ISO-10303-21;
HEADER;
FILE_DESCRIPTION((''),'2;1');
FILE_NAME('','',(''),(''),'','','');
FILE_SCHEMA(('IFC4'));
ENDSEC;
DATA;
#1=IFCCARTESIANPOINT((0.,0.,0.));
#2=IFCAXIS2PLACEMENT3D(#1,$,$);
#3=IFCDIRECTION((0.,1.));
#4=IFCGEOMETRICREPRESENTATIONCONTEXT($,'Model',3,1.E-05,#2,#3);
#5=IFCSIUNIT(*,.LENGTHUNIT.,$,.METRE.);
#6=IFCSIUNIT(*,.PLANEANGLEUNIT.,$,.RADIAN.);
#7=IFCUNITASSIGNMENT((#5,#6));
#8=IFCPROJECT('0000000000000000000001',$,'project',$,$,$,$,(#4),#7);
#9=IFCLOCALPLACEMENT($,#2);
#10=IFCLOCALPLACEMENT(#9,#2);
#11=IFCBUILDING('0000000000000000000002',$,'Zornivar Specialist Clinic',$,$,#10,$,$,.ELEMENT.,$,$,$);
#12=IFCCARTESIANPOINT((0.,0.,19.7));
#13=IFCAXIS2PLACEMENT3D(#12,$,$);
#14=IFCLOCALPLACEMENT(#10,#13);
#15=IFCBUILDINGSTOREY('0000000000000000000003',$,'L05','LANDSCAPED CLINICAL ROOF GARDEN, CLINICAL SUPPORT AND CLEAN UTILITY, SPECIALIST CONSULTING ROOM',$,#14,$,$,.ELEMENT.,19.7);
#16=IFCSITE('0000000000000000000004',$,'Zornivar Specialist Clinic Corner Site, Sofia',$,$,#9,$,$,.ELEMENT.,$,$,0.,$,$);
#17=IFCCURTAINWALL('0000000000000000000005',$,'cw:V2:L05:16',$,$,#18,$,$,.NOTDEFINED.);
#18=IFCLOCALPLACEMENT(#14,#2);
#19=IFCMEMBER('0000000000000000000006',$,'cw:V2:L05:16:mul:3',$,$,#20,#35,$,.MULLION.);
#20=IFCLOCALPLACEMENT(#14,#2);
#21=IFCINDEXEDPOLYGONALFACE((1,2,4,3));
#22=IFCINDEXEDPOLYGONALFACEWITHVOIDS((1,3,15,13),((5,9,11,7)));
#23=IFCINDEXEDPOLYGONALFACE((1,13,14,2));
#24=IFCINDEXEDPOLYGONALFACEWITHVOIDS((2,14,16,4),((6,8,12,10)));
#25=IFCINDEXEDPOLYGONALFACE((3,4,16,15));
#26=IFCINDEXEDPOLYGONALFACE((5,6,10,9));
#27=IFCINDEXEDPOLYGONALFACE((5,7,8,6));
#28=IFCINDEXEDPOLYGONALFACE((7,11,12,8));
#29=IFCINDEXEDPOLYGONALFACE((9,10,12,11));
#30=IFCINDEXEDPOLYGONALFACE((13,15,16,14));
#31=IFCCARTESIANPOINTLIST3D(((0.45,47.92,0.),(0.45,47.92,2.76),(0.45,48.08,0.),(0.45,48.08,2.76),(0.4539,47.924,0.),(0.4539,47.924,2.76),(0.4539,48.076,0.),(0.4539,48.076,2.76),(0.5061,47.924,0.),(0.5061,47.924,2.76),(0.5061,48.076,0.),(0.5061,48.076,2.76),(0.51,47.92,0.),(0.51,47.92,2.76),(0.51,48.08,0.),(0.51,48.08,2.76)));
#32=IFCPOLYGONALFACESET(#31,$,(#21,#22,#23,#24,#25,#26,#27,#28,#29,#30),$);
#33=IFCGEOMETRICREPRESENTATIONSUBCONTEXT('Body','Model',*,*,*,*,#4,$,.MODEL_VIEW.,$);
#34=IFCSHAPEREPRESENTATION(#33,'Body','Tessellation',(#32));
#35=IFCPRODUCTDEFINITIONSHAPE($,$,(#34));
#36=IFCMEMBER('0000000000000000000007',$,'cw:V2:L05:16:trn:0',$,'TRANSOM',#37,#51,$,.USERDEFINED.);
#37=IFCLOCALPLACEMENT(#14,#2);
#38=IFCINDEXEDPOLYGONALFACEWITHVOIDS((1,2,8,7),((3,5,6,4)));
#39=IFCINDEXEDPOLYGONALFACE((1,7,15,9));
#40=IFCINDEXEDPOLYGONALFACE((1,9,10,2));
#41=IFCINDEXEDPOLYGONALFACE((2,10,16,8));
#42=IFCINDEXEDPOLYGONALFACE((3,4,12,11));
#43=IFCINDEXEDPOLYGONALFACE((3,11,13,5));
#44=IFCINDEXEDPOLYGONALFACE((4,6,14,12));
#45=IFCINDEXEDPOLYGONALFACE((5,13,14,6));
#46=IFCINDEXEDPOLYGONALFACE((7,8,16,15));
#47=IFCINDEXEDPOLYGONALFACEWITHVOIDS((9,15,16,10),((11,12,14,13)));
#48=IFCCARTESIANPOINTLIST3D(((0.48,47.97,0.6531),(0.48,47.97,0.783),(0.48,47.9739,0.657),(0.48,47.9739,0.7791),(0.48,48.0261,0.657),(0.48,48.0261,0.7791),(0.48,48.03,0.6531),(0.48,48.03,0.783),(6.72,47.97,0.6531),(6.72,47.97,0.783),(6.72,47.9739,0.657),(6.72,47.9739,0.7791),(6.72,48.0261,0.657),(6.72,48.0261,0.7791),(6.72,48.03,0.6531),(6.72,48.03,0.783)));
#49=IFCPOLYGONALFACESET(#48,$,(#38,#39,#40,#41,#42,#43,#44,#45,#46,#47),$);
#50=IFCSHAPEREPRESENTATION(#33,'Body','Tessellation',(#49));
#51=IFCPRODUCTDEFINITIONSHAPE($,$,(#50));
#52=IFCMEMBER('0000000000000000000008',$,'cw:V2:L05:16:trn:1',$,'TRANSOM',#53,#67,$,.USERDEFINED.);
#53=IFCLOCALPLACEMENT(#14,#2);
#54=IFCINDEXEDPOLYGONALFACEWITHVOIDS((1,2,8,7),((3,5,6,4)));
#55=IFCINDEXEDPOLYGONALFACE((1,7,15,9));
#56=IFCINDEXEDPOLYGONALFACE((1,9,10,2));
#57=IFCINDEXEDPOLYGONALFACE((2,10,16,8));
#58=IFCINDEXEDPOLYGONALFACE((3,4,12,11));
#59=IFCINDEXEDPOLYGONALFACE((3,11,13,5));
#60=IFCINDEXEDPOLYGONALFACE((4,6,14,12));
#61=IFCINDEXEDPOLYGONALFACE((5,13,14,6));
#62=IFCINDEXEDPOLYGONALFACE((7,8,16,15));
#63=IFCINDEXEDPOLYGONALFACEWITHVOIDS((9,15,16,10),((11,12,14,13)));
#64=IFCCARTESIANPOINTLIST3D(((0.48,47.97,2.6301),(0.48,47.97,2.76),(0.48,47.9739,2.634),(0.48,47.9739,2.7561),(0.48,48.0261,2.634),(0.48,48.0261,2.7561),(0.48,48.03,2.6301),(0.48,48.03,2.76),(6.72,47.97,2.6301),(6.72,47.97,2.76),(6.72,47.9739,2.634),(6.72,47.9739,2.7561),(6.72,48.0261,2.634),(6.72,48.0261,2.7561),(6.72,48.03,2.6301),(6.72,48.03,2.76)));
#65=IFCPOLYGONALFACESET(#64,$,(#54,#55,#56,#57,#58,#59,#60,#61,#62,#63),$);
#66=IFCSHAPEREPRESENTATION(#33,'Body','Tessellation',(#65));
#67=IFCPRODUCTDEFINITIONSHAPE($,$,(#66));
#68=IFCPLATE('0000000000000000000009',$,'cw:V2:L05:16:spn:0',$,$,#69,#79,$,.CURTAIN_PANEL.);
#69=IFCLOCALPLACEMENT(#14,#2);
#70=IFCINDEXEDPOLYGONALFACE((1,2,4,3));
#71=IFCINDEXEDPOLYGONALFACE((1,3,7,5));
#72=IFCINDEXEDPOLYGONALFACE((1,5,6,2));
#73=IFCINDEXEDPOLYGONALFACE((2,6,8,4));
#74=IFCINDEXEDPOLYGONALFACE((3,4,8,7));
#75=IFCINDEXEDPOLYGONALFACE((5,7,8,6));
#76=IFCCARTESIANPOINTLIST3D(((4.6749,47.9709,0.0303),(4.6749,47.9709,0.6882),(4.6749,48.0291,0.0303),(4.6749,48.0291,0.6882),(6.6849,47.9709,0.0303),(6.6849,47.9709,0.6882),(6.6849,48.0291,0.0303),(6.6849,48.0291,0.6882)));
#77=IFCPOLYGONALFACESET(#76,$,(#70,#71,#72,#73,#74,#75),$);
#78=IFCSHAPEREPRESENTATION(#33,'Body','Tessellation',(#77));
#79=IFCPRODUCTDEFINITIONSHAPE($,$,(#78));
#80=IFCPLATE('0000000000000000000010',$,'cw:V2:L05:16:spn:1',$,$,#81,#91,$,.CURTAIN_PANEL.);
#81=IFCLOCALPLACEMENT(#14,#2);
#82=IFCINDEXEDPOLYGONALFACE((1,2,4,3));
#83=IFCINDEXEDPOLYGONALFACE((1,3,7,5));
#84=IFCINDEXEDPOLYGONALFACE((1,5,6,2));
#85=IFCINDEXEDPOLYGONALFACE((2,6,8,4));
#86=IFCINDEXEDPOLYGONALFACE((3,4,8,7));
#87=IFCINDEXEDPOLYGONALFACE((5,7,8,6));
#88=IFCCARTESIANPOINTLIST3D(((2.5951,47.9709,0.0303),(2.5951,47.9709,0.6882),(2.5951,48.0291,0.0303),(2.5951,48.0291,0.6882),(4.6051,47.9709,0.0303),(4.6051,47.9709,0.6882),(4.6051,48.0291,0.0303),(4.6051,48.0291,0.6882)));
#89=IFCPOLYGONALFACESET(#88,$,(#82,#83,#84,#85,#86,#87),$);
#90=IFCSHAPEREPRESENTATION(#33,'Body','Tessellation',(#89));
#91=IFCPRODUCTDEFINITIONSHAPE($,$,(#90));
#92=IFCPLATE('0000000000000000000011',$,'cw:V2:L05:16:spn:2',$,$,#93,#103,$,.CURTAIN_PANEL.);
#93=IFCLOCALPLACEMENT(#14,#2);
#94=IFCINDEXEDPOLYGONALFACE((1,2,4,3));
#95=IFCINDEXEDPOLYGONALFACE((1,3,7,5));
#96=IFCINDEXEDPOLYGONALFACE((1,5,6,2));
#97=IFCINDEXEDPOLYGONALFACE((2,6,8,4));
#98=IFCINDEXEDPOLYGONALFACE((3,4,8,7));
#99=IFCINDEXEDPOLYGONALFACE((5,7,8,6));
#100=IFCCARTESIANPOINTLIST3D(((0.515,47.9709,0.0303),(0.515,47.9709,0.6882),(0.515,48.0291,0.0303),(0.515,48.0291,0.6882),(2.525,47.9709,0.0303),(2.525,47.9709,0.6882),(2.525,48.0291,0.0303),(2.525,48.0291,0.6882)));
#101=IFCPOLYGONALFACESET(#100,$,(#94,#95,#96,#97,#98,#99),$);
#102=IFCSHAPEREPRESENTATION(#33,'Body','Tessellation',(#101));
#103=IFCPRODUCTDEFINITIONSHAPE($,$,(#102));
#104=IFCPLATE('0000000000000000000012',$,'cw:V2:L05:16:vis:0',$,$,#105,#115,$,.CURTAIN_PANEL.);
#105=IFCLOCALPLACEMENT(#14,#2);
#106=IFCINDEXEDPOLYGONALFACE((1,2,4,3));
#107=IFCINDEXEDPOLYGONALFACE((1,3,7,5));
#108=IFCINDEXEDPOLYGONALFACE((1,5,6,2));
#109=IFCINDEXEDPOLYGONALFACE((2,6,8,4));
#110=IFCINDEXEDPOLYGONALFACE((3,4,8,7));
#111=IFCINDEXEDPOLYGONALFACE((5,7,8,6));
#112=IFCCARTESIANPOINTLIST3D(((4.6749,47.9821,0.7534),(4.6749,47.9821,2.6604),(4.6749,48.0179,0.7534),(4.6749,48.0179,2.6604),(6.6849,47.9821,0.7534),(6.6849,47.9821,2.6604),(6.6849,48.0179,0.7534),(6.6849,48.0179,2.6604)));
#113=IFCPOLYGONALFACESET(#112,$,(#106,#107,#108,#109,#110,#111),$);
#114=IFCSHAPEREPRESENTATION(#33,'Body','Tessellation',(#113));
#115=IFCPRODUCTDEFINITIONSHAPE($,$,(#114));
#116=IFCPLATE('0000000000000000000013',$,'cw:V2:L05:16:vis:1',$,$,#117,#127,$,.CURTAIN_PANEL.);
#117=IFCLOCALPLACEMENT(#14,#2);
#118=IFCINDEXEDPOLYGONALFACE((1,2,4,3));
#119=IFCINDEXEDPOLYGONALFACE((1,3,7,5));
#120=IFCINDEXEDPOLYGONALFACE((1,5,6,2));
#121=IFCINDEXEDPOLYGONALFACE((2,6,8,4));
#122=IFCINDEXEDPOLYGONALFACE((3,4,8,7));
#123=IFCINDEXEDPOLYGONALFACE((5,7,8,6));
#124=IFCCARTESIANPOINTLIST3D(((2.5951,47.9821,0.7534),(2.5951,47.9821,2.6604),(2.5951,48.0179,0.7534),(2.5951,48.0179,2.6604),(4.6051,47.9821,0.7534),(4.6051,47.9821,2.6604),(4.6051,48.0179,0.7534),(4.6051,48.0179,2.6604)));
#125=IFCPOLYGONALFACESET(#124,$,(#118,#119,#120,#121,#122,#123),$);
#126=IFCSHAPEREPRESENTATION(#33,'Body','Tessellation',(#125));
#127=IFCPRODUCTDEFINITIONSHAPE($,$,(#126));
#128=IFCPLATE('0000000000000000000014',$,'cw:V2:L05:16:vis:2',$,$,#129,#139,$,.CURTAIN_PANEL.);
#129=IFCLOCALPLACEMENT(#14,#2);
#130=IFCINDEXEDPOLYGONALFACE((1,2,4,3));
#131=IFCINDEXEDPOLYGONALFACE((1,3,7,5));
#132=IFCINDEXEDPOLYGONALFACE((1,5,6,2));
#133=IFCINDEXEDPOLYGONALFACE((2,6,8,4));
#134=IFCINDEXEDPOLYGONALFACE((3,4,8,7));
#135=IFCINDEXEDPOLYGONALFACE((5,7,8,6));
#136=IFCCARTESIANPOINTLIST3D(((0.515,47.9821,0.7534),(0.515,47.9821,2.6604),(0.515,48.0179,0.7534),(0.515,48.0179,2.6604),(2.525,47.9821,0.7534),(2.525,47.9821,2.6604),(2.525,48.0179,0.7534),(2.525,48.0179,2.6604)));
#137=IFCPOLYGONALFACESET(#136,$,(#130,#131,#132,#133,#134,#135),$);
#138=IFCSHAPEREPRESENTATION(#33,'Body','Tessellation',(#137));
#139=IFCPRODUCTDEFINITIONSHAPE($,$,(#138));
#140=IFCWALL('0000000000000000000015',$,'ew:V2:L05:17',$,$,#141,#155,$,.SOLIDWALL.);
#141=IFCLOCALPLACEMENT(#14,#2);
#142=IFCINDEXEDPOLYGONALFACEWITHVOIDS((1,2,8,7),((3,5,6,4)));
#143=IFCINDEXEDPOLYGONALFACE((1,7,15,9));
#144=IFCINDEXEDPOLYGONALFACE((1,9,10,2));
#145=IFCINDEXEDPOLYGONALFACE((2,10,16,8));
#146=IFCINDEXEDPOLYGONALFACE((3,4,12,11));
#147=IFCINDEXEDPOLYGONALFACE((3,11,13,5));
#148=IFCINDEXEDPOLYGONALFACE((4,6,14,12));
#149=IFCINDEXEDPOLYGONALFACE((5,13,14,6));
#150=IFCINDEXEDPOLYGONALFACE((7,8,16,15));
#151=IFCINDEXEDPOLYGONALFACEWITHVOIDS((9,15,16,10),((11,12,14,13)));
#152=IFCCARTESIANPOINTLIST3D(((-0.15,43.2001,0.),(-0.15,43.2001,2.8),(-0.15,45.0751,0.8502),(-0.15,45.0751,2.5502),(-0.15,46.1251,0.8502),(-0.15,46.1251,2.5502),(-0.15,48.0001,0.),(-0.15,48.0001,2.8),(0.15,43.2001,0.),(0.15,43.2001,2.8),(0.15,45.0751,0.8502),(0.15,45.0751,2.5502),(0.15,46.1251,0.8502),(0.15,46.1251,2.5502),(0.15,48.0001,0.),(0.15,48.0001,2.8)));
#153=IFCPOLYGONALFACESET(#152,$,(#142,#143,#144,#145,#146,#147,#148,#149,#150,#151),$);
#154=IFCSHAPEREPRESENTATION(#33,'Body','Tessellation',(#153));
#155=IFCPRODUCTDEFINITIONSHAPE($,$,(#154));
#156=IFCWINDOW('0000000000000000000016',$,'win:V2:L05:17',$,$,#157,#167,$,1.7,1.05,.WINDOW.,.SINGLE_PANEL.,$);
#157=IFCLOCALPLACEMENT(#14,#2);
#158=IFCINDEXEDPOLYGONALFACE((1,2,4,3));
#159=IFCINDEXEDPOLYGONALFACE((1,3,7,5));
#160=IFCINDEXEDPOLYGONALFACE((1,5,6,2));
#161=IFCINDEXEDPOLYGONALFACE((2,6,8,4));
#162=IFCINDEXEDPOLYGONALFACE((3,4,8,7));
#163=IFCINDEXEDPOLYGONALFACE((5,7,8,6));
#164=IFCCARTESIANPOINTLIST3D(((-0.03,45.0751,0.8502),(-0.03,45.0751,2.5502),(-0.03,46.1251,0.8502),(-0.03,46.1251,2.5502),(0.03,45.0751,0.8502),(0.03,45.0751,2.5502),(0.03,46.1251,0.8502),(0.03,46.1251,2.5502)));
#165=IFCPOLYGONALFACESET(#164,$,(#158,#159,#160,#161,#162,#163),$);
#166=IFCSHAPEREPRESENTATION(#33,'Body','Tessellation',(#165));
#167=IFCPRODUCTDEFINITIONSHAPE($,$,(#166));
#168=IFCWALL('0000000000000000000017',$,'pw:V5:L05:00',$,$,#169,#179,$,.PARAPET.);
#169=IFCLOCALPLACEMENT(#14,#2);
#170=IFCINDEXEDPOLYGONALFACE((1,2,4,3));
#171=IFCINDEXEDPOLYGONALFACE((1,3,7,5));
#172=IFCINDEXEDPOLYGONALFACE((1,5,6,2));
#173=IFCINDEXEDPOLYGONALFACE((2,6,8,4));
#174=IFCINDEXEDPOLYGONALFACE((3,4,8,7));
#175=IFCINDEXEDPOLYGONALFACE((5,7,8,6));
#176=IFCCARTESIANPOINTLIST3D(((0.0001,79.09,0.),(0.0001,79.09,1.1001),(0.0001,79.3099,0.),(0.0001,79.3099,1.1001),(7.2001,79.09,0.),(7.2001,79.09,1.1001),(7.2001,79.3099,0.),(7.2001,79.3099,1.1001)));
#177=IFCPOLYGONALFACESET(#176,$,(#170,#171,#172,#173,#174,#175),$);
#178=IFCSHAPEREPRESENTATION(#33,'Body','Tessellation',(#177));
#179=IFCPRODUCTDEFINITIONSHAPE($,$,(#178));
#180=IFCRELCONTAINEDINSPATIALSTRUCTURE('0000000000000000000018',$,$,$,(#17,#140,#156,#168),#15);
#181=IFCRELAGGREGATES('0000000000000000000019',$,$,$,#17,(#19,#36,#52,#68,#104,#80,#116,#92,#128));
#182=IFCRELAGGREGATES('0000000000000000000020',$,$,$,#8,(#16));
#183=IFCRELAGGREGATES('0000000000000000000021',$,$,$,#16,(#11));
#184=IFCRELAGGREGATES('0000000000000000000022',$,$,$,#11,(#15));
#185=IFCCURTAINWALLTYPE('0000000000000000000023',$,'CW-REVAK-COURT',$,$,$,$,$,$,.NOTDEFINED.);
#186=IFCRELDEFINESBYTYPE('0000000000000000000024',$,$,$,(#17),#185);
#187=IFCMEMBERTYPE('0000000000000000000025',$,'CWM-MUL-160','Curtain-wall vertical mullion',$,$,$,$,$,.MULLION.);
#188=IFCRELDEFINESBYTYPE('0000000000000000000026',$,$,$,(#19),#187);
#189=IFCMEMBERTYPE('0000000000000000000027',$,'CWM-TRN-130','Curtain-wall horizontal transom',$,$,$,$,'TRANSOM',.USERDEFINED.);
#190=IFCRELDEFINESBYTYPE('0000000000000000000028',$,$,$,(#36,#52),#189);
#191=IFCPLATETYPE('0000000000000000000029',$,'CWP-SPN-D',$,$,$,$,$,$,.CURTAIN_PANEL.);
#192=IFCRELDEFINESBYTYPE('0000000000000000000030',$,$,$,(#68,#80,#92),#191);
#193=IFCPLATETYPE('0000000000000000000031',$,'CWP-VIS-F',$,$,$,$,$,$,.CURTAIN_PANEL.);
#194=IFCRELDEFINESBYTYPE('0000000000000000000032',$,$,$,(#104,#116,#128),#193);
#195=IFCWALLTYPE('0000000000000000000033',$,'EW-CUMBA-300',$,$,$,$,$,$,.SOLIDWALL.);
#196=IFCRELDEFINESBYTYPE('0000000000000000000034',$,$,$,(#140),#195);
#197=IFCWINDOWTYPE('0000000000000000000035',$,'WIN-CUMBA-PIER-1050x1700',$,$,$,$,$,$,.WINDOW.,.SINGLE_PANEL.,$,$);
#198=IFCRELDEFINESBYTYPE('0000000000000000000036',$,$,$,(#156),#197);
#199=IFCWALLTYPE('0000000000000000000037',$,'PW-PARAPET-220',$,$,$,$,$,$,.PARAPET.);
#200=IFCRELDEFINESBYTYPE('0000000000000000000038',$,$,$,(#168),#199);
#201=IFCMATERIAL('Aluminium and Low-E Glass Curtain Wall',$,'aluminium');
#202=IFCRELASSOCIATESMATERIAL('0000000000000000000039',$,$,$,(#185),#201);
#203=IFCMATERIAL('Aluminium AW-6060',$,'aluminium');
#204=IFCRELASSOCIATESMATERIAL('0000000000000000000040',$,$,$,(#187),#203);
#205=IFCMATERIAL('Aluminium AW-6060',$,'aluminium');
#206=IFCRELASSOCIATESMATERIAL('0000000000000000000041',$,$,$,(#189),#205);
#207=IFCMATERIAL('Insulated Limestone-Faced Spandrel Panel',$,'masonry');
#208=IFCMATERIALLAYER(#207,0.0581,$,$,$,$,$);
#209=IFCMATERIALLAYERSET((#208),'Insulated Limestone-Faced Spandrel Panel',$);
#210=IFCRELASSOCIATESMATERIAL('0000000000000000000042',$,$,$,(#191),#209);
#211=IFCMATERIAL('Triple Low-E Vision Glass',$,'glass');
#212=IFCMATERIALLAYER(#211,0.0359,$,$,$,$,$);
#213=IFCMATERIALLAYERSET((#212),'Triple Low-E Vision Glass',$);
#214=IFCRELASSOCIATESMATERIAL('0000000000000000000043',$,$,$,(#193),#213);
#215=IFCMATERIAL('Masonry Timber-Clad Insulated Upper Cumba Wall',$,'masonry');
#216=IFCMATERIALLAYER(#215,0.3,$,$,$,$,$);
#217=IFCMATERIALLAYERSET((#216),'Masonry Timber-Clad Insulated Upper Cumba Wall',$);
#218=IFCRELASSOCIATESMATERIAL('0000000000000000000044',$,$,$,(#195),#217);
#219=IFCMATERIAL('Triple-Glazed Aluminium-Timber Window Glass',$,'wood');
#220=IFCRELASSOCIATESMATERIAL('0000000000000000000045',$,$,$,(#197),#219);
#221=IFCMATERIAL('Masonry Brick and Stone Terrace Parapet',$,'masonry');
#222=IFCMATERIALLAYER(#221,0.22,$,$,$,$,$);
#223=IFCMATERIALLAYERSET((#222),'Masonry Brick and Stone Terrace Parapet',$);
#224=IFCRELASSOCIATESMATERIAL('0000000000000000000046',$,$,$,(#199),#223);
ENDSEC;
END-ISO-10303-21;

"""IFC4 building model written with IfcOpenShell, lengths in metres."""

from ifc_helpers import new_model, si_unit, direction, frame, frame_2d, origin, origin_2d, place, context, subcontext, project, spatial, rectangle, hollow_rectangle, extrude, material, layer, layer_set, material_profile, profile_set, type_object, element, fill, aggregate, save


model = new_model("IFC4")

# Units and contexts
model_context = context("Model", 3, precision=1e-05, world=origin(), true_north=direction((0.0, 1.0)))
body_context = subcontext(model_context, "Body", "Model", "MODEL_VIEW")
ifc_project = project(units=[si_unit("LENGTHUNIT", "METRE"), si_unit("PLANEANGLEUNIT", "RADIAN")], contexts=[model_context])

# Site, building, storey
site_placement = place(None, origin())
site = spatial("IfcSite", under=ifc_project, at=site_placement, Name="Zornivar Specialist Clinic Corner Site, Sofia", CompositionType="ELEMENT", RefElevation=0.0)
building_placement = place(site_placement, origin())
building = spatial("IfcBuilding", under=site, at=building_placement, Name="Zornivar Specialist Clinic", CompositionType="ELEMENT")
storey_placement = place(building_placement, frame((0.0, 0.0, 19.7)))
storey = spatial("IfcBuildingStorey", under=building, at=storey_placement, Name="L05", Description="LANDSCAPED CLINICAL ROOF GARDEN, CLINICAL SUPPORT AND CLEAN UTILITY, SPECIALIST CONSULTING ROOM", CompositionType="ELEMENT", Elevation=19.7)

# Curtain wall, members, plates
ifc_material_1 = material(Name="Aluminium and Low-E Glass Curtain Wall", Category="aluminium")
curtain_wall_type = type_object("IfcCurtainWallType", Name="CW-REVAK-COURT", PredefinedType="NOTDEFINED", material=ifc_material_1)
curtain_wall_placement = place(storey_placement, origin())
curtain_wall = element("IfcCurtainWall", 1, at=curtain_wall_placement, inside=storey, type_object=curtain_wall_type, Name="cw:V2:L05:16", PredefinedType="NOTDEFINED")
ifc_material_2 = material(Name="Aluminium AW-6060", Category="aluminium")
ifc_material_profile_1 = material_profile(ifc_material_2, hollow_rectangle(XDim=0.0601, YDim=0.1599, WallThickness=0.0039, at=origin_2d()), Name="ALU 60x160x4")
ifc_profile_set_1 = profile_set([ifc_material_profile_1], Name="Aluminium AW-6060")
member_type_1 = type_object("IfcMemberType", Name="CWM-MUL-160", Description="Curtain-wall vertical mullion", PredefinedType="MULLION", material=ifc_profile_set_1)
member_1_placement = place(storey_placement, frame((0.48, 48.0, 0.0), z_axis=(0.0, 0.0, 1.0), x_axis=(1.0, 0.0, 0.0)))
member_1 = element("IfcMember", 2, at=member_1_placement, type_object=member_type_1, Name="cw:V2:L05:16:mul:3", PredefinedType="MULLION", context=body_context, shape_type="SweptSolid", body=[
    extrude(hollow_rectangle(XDim=0.0601, YDim=0.1599, WallThickness=0.0039, at=origin_2d()), origin(), (0.0, 0.0, 1.0), 2.76),
])
ifc_material_3 = material(Name="Aluminium AW-6060", Category="aluminium")
ifc_material_profile_2 = material_profile(ifc_material_3, hollow_rectangle(XDim=0.0601, YDim=0.1299, WallThickness=0.0039, at=origin_2d()), Name="ALU 60x130x4")
ifc_profile_set_2 = profile_set([ifc_material_profile_2], Name="Aluminium AW-6060")
member_type_2 = type_object("IfcMemberType", Name="CWM-TRN-130", Description="Curtain-wall horizontal transom", ElementType="TRANSOM", PredefinedType="USERDEFINED", material=ifc_profile_set_2)
member_2_placement = place(storey_placement, frame((6.72, 48.0, 0.718), z_axis=(-1.0, 0.0, 0.0), x_axis=(0.0, -1.0, 0.0)))
member_2 = element("IfcMember", 3, at=member_2_placement, type_object=member_type_2, Name="cw:V2:L05:16:trn:0", ObjectType="TRANSOM", PredefinedType="USERDEFINED", context=body_context, shape_type="SweptSolid", body=[
    extrude(hollow_rectangle(XDim=0.0601, YDim=0.1299, WallThickness=0.0039, at=origin_2d()), origin(), (0.0, 0.0, 1.0), 6.24),
])
member_3_placement = place(storey_placement, frame((6.72, 48.0, 2.6951), z_axis=(-1.0, 0.0, 0.0), x_axis=(0.0, -1.0, 0.0)))
member_3 = element("IfcMember", 4, at=member_3_placement, type_object=member_type_2, Name="cw:V2:L05:16:trn:1", ObjectType="TRANSOM", PredefinedType="USERDEFINED", context=body_context, shape_type="SweptSolid", body=[
    extrude(hollow_rectangle(XDim=0.0601, YDim=0.1299, WallThickness=0.0039, at=origin_2d()), origin(), (0.0, 0.0, 1.0), 6.24),
])
ifc_material_4 = material(Name="Insulated Limestone-Faced Spandrel Panel", Category="masonry")
ifc_layer_1 = layer(ifc_material_4, 0.0581)
ifc_layer_set_1 = layer_set([ifc_layer_1], Name="Insulated Limestone-Faced Spandrel Panel")
plate_type_1 = type_object("IfcPlateType", Name="CWP-SPN-D", PredefinedType="CURTAIN_PANEL", material=ifc_layer_set_1)
plate_1_placement = place(storey_placement, frame((5.6799, 48.0, 0.0303), z_axis=(0.0, 0.0, 1.0), x_axis=(-1.0, 0.0, 0.0)))
plate_1 = element("IfcPlate", 5, at=plate_1_placement, type_object=plate_type_1, Name="cw:V2:L05:16:spn:0", PredefinedType="CURTAIN_PANEL", context=body_context, shape_type="SweptSolid", body=[
    extrude(rectangle(XDim=2.01, YDim=0.0581, at=origin_2d()), origin(), (0.0, 0.0, 1.0), 0.658),
])
plate_2_placement = place(storey_placement, frame((3.6001, 48.0, 0.0303), z_axis=(0.0, 0.0, 1.0), x_axis=(-1.0, 0.0, 0.0)))
plate_2 = element("IfcPlate", 6, at=plate_2_placement, type_object=plate_type_1, Name="cw:V2:L05:16:spn:1", PredefinedType="CURTAIN_PANEL", context=body_context, shape_type="SweptSolid", body=[
    extrude(rectangle(XDim=2.01, YDim=0.0581, at=origin_2d()), origin(), (0.0, 0.0, 1.0), 0.658),
])
plate_3_placement = place(storey_placement, frame((1.52, 48.0, 0.0303), z_axis=(0.0, 0.0, 1.0), x_axis=(-1.0, 0.0, 0.0)))
plate_3 = element("IfcPlate", 7, at=plate_3_placement, type_object=plate_type_1, Name="cw:V2:L05:16:spn:2", PredefinedType="CURTAIN_PANEL", context=body_context, shape_type="SweptSolid", body=[
    extrude(rectangle(XDim=2.01, YDim=0.0581, at=origin_2d()), origin(), (0.0, 0.0, 1.0), 0.658),
])
ifc_material_5 = material(Name="Triple Low-E Vision Glass", Category="glass")
ifc_layer_2 = layer(ifc_material_5, 0.0359)
ifc_layer_set_2 = layer_set([ifc_layer_2], Name="Triple Low-E Vision Glass")
plate_type_2 = type_object("IfcPlateType", Name="CWP-VIS-F", PredefinedType="CURTAIN_PANEL", material=ifc_layer_set_2)
plate_4_placement = place(storey_placement, frame((5.6799, 48.0, 0.7534), z_axis=(0.0, 0.0, 1.0), x_axis=(-1.0, 0.0, 0.0)))
plate_4 = element("IfcPlate", 8, at=plate_4_placement, type_object=plate_type_2, Name="cw:V2:L05:16:vis:0", PredefinedType="CURTAIN_PANEL", context=body_context, shape_type="SweptSolid", body=[
    extrude(rectangle(XDim=2.01, YDim=0.0359, at=origin_2d()), origin(), (0.0, 0.0, 1.0), 1.907),
])
plate_5_placement = place(storey_placement, frame((3.6001, 48.0, 0.7534), z_axis=(0.0, 0.0, 1.0), x_axis=(-1.0, 0.0, 0.0)))
plate_5 = element("IfcPlate", 9, at=plate_5_placement, type_object=plate_type_2, Name="cw:V2:L05:16:vis:1", PredefinedType="CURTAIN_PANEL", context=body_context, shape_type="SweptSolid", body=[
    extrude(rectangle(XDim=2.01, YDim=0.0359, at=origin_2d()), origin(), (0.0, 0.0, 1.0), 1.907),
])
plate_6_placement = place(storey_placement, frame((1.52, 48.0, 0.7534), z_axis=(0.0, 0.0, 1.0), x_axis=(-1.0, 0.0, 0.0)))
plate_6 = element("IfcPlate", 10, at=plate_6_placement, type_object=plate_type_2, Name="cw:V2:L05:16:vis:2", PredefinedType="CURTAIN_PANEL", context=body_context, shape_type="SweptSolid", body=[
    extrude(rectangle(XDim=2.01, YDim=0.0359, at=origin_2d()), origin(), (0.0, 0.0, 1.0), 1.907),
])
aggregate(curtain_wall, [member_1, member_2, member_3, plate_1, plate_4, plate_2, plate_5, plate_3, plate_6])

# Wall, opening, window
ifc_material_6 = material(Name="Masonry Timber-Clad Insulated Upper Cumba Wall", Category="masonry")
ifc_layer_3 = layer(ifc_material_6, 0.3)
ifc_layer_set_3 = layer_set([ifc_layer_3], Name="Masonry Timber-Clad Insulated Upper Cumba Wall")
wall_type_1 = type_object("IfcWallType", Name="EW-CUMBA-300", PredefinedType="SOLIDWALL", material=ifc_layer_set_3)
wall_placement = place(storey_placement, frame((0.0, 48.0, 0.0), z_axis=(0.0, 0.0, 1.0), x_axis=(0.0, -1.0, 0.0)))
wall = element("IfcWall", 11, at=wall_placement, inside=storey, type_object=wall_type_1, Name="ew:V2:L05:17", PredefinedType="SOLIDWALL", context=body_context, shape_type="SweptSolid", body=[
    extrude(rectangle(XDim=4.8, YDim=0.3, at=frame_2d((2.3999, 0.0))), origin(), (0.0, 0.0, 1.0), 2.8),
])
opening_placement = place(wall_placement, frame((1.875, 0.0, 0.8501)))
opening = element("IfcOpeningElement", 12, at=opening_placement, cuts=wall, PredefinedType="OPENING", context=body_context, shape_type="SweptSolid", body=[
    extrude(rectangle(XDim=1.05, YDim=1.7, at=frame_2d((0.5249, 0.8501))), frame((0.0, 0.1599, 0.0), z_axis=(0.0, -1.0, 0.0), x_axis=(1.0, 0.0, 0.0)), (0.0, 0.0, 1.0), 0.3201),
])
ifc_material_7 = material(Name="Triple-Glazed Aluminium-Timber Window Glass", Category="wood")
window_type = type_object("IfcWindowType", Name="WIN-CUMBA-PIER-1050x1700", PartitioningType="SINGLE_PANEL", PredefinedType="WINDOW", material=ifc_material_7)
window_placement = place(opening_placement, origin())
window = element("IfcWindow", 13, at=window_placement, inside=storey, type_object=window_type, Name="win:V2:L05:17", OverallHeight=1.7, OverallWidth=1.05, PartitioningType="SINGLE_PANEL", PredefinedType="WINDOW", context=body_context, shape_type="SweptSolid", body=[
    extrude(rectangle(XDim=1.05, YDim=1.7, at=frame_2d((0.5249, 0.8501))), frame((0.0, 0.03, 0.0), z_axis=(0.0, -1.0, 0.0), x_axis=(1.0, 0.0, 0.0)), (0.0, 0.0, 1.0), 0.0601),
])
fill(opening, window)

# Wall
ifc_material_8 = material(Name="Masonry Brick and Stone Terrace Parapet", Category="masonry")
ifc_layer_4 = layer(ifc_material_8, 0.22)
ifc_layer_set_4 = layer_set([ifc_layer_4], Name="Masonry Brick and Stone Terrace Parapet")
wall_type_2 = type_object("IfcWallType", Name="PW-PARAPET-220", PredefinedType="PARAPET", material=ifc_layer_set_4)
for number, where, z_axis, x_axis, name in (
    (14, (0.0, 79.2, 0.0), (0.0, 0.0, 1.0), (1.0, 0.0, 0.0), "pw:V5:L05:00"),
):
    element("IfcWall", number, at=place(storey_placement, frame(where, z_axis=z_axis, x_axis=x_axis)), inside=storey, type_object=wall_type_2, Name=name, PredefinedType="PARAPET", context=body_context, shape_type="SweptSolid", body=[
        extrude(rectangle(XDim=7.2, YDim=0.22, at=frame_2d((3.6001, 0.0))), origin(), (0.0, 0.0, 1.0), 1.1001),
    ])

save(model, "model.ifc")
